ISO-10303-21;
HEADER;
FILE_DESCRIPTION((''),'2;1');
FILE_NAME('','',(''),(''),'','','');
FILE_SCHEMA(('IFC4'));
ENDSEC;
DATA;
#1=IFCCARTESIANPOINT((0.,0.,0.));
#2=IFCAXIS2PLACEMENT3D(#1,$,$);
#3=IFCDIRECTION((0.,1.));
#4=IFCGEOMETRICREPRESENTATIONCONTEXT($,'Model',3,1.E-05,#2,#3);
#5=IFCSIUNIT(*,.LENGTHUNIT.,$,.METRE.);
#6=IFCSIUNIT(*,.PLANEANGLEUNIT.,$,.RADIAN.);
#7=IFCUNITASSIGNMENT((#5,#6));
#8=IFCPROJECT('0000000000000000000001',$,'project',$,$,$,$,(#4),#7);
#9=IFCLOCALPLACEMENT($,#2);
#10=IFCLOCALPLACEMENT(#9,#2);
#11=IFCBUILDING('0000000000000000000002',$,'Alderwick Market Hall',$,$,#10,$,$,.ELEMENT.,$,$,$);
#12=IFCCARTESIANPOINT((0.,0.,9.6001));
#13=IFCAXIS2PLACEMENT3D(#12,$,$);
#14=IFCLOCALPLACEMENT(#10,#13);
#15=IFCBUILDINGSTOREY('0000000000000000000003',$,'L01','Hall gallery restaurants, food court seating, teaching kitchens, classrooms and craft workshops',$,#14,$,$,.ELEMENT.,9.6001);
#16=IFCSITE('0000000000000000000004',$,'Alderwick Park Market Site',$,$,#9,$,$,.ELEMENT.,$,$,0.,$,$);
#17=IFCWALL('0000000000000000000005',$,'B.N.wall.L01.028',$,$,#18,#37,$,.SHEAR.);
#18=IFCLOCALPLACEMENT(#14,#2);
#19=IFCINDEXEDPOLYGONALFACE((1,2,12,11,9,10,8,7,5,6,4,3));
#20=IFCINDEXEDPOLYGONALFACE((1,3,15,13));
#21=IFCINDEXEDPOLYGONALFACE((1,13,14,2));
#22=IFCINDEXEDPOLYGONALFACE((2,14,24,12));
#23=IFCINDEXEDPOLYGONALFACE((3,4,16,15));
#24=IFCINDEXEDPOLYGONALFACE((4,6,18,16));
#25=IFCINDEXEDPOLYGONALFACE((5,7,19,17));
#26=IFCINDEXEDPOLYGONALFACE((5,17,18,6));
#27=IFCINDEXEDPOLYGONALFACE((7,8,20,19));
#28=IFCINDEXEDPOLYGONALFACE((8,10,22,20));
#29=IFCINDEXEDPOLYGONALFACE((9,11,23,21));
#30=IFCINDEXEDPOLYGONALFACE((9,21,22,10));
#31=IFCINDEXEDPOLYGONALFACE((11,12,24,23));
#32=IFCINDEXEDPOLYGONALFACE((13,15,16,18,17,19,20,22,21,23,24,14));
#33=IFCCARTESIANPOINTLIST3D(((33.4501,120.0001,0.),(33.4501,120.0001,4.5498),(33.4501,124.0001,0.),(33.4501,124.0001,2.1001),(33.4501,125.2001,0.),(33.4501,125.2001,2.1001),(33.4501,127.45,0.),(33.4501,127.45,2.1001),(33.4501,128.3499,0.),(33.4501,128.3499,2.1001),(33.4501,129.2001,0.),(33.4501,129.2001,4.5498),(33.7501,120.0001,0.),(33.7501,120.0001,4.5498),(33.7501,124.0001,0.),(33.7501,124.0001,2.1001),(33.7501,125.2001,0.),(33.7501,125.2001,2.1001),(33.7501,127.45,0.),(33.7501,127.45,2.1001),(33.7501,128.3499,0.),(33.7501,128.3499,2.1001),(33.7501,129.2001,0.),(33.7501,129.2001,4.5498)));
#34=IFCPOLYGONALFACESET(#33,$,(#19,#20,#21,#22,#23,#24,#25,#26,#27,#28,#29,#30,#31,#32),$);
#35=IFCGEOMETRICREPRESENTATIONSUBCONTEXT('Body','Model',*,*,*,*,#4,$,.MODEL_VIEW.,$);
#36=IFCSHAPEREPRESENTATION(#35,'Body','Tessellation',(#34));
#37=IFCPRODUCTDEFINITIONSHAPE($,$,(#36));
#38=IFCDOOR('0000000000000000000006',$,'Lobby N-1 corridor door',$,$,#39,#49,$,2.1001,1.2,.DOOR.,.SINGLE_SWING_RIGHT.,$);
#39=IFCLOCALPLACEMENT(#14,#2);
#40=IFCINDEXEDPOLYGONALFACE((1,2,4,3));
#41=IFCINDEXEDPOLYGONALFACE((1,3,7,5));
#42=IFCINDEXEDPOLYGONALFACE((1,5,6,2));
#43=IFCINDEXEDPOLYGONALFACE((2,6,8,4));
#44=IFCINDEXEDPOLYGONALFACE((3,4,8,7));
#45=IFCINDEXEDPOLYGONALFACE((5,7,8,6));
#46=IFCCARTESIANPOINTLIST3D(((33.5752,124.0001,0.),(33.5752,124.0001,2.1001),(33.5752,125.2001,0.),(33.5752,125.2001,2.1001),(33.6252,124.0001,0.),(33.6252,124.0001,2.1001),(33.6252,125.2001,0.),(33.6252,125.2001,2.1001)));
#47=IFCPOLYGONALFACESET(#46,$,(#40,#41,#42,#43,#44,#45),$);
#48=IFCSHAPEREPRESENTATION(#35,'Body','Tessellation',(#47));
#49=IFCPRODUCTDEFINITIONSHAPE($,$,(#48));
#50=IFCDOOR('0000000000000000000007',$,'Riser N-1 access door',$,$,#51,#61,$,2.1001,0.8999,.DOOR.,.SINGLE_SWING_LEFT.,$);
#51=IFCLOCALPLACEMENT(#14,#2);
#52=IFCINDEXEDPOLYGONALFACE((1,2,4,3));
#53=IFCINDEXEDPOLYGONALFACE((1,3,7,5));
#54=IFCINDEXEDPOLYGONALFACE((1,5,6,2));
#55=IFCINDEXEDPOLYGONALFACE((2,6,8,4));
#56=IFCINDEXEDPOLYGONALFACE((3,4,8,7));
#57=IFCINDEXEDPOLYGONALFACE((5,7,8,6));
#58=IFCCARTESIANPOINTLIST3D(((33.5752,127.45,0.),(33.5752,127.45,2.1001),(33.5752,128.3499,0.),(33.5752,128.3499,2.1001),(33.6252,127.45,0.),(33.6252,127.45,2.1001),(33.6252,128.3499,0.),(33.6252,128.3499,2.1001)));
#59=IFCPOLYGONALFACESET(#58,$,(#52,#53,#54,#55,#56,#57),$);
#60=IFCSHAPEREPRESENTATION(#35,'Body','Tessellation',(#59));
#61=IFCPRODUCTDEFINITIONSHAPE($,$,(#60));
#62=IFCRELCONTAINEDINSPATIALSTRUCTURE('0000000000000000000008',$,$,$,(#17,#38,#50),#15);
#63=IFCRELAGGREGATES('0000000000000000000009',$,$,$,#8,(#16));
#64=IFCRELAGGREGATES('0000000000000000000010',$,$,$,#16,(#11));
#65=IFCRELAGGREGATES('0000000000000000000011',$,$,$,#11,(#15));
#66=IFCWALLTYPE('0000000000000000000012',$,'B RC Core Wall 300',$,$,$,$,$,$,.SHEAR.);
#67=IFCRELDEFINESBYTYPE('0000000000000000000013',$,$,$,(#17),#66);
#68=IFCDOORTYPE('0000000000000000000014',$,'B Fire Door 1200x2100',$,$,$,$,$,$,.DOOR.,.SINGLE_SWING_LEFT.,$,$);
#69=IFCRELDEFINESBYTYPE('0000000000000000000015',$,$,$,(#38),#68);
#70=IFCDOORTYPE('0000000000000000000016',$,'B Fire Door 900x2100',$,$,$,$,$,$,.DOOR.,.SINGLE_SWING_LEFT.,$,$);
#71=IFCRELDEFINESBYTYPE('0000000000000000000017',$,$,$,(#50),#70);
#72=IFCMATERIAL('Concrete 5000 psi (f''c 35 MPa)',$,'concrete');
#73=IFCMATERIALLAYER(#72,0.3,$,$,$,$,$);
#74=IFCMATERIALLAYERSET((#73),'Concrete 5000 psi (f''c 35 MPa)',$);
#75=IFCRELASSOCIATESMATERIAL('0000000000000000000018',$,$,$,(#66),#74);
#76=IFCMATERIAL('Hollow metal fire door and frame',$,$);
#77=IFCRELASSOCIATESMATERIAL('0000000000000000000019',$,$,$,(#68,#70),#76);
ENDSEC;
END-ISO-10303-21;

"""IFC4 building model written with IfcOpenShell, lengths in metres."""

from ifc_helpers import new_model, si_unit, direction, frame, frame_2d, origin, place, context, subcontext, project, spatial, rectangle, extrude, material, layer, layer_set, type_object, element, fill, save


model = new_model("IFC4")

# Units and contexts
model_context = context("Model", 3, precision=1e-05, world=origin(), true_north=direction((0.0, 1.0)))
body_context = subcontext(model_context, "Body", "Model", "MODEL_VIEW")
ifc_project = project(units=[si_unit("LENGTHUNIT", "METRE"), si_unit("PLANEANGLEUNIT", "RADIAN")], contexts=[model_context])

# Site, building, storey
site_placement = place(None, origin())
site = spatial("IfcSite", under=ifc_project, at=site_placement, Name="Alderwick Park Market Site", CompositionType="ELEMENT", RefElevation=0.0)
building_placement = place(site_placement, origin())
building = spatial("IfcBuilding", under=site, at=building_placement, Name="Alderwick Market Hall", CompositionType="ELEMENT")
storey_placement = place(building_placement, frame((0.0, 0.0, 9.6001)))
storey = spatial("IfcBuildingStorey", under=building, at=storey_placement, Name="L01", Description="Hall gallery restaurants, food court seating, teaching kitchens, classrooms and craft workshops", CompositionType="ELEMENT", Elevation=9.6001)

# Shared definitions
ifc_material_1 = material(Name="Concrete 5000 psi (f'c 35 MPa)", Category="concrete")

# Wall, openings, doors
ifc_layer_1 = layer(ifc_material_1, 0.3)
ifc_layer_set_1 = layer_set([ifc_layer_1], Name="Concrete 5000 psi (f'c 35 MPa)")
wall_type_1 = type_object("IfcWallType", Name="B RC Core Wall 300", PredefinedType="SHEAR", material=ifc_layer_set_1)
wall_1_placement = place(storey_placement, frame((33.6001, 120.0, 0.0), z_axis=(0.0, 0.0, 1.0), x_axis=(0.0, 1.0, 0.0)))
wall_1 = element("IfcWall", 1, at=wall_1_placement, inside=storey, type_object=wall_type_1, Name="B.N.wall.L01.028", PredefinedType="SHEAR", context=body_context, shape_type="SweptSolid", body=[
    extrude(rectangle(XDim=9.2, YDim=0.3, at=frame_2d((4.6001, 0.0))), origin(), (0.0, 0.0, 1.0), 4.5498),
])
opening_1_placement = place(wall_1_placement, frame((4.0, 0.0, 0.0)))
opening_1 = element("IfcOpeningElement", 2, at=opening_1_placement, cuts=wall_1, PredefinedType="OPENING", context=body_context, shape_type="SweptSolid", body=[
    extrude(rectangle(XDim=1.2, YDim=2.1001, at=frame_2d((0.6001, 1.05))), frame((0.0, 0.1599, 0.0), z_axis=(0.0, -1.0, 0.0), x_axis=(1.0, 0.0, 0.0)), (0.0, 0.0, 1.0), 0.3201),
])
opening_2_placement = place(wall_1_placement, frame((7.45, 0.0, 0.0)))
opening_2 = element("IfcOpeningElement", 3, at=opening_2_placement, cuts=wall_1, PredefinedType="OPENING", context=body_context, shape_type="SweptSolid", body=[
    extrude(rectangle(XDim=0.8999, YDim=2.1001, at=frame_2d((0.45, 1.05))), frame((0.0, 0.1599, 0.0), z_axis=(0.0, -1.0, 0.0), x_axis=(1.0, 0.0, 0.0)), (0.0, 0.0, 1.0), 0.3201),
])
ifc_material_2 = material(Name="Hollow metal fire door and frame")
door_type_1 = type_object("IfcDoorType", Name="B Fire Door 1200x2100", OperationType="SINGLE_SWING_LEFT", PredefinedType="DOOR", material=ifc_material_2)
door_1_placement = place(opening_1_placement, origin())
door_1 = element("IfcDoor", 4, at=door_1_placement, inside=storey, type_object=door_type_1, Name="Lobby N-1 corridor door", OperationType="SINGLE_SWING_RIGHT", OverallHeight=2.1001, OverallWidth=1.2, PredefinedType="DOOR", context=body_context, shape_type="SweptSolid", body=[
    extrude(rectangle(XDim=1.2, YDim=2.1001, at=frame_2d((0.6001, 1.05))), frame((0.0, 0.0249, 0.0), z_axis=(0.0, -1.0, 0.0), x_axis=(1.0, 0.0, 0.0)), (0.0, 0.0, 1.0), 0.05),
])
fill(opening_1, door_1)
door_type_2 = type_object("IfcDoorType", Name="B Fire Door 900x2100", OperationType="SINGLE_SWING_LEFT", PredefinedType="DOOR", material=ifc_material_2)
door_2_placement = place(opening_2_placement, origin())
door_2 = element("IfcDoor", 5, at=door_2_placement, inside=storey, type_object=door_type_2, Name="Riser N-1 access door", OperationType="SINGLE_SWING_LEFT", OverallHeight=2.1001, OverallWidth=0.8999, PredefinedType="DOOR", context=body_context, shape_type="SweptSolid", body=[
    extrude(rectangle(XDim=0.8999, YDim=2.1001, at=frame_2d((0.45, 1.05))), frame((0.0, 0.0249, 0.0), z_axis=(0.0, -1.0, 0.0), x_axis=(1.0, 0.0, 0.0)), (0.0, 0.0, 1.0), 0.05),
])
fill(opening_2, door_2)

save(model, "model.ifc")
